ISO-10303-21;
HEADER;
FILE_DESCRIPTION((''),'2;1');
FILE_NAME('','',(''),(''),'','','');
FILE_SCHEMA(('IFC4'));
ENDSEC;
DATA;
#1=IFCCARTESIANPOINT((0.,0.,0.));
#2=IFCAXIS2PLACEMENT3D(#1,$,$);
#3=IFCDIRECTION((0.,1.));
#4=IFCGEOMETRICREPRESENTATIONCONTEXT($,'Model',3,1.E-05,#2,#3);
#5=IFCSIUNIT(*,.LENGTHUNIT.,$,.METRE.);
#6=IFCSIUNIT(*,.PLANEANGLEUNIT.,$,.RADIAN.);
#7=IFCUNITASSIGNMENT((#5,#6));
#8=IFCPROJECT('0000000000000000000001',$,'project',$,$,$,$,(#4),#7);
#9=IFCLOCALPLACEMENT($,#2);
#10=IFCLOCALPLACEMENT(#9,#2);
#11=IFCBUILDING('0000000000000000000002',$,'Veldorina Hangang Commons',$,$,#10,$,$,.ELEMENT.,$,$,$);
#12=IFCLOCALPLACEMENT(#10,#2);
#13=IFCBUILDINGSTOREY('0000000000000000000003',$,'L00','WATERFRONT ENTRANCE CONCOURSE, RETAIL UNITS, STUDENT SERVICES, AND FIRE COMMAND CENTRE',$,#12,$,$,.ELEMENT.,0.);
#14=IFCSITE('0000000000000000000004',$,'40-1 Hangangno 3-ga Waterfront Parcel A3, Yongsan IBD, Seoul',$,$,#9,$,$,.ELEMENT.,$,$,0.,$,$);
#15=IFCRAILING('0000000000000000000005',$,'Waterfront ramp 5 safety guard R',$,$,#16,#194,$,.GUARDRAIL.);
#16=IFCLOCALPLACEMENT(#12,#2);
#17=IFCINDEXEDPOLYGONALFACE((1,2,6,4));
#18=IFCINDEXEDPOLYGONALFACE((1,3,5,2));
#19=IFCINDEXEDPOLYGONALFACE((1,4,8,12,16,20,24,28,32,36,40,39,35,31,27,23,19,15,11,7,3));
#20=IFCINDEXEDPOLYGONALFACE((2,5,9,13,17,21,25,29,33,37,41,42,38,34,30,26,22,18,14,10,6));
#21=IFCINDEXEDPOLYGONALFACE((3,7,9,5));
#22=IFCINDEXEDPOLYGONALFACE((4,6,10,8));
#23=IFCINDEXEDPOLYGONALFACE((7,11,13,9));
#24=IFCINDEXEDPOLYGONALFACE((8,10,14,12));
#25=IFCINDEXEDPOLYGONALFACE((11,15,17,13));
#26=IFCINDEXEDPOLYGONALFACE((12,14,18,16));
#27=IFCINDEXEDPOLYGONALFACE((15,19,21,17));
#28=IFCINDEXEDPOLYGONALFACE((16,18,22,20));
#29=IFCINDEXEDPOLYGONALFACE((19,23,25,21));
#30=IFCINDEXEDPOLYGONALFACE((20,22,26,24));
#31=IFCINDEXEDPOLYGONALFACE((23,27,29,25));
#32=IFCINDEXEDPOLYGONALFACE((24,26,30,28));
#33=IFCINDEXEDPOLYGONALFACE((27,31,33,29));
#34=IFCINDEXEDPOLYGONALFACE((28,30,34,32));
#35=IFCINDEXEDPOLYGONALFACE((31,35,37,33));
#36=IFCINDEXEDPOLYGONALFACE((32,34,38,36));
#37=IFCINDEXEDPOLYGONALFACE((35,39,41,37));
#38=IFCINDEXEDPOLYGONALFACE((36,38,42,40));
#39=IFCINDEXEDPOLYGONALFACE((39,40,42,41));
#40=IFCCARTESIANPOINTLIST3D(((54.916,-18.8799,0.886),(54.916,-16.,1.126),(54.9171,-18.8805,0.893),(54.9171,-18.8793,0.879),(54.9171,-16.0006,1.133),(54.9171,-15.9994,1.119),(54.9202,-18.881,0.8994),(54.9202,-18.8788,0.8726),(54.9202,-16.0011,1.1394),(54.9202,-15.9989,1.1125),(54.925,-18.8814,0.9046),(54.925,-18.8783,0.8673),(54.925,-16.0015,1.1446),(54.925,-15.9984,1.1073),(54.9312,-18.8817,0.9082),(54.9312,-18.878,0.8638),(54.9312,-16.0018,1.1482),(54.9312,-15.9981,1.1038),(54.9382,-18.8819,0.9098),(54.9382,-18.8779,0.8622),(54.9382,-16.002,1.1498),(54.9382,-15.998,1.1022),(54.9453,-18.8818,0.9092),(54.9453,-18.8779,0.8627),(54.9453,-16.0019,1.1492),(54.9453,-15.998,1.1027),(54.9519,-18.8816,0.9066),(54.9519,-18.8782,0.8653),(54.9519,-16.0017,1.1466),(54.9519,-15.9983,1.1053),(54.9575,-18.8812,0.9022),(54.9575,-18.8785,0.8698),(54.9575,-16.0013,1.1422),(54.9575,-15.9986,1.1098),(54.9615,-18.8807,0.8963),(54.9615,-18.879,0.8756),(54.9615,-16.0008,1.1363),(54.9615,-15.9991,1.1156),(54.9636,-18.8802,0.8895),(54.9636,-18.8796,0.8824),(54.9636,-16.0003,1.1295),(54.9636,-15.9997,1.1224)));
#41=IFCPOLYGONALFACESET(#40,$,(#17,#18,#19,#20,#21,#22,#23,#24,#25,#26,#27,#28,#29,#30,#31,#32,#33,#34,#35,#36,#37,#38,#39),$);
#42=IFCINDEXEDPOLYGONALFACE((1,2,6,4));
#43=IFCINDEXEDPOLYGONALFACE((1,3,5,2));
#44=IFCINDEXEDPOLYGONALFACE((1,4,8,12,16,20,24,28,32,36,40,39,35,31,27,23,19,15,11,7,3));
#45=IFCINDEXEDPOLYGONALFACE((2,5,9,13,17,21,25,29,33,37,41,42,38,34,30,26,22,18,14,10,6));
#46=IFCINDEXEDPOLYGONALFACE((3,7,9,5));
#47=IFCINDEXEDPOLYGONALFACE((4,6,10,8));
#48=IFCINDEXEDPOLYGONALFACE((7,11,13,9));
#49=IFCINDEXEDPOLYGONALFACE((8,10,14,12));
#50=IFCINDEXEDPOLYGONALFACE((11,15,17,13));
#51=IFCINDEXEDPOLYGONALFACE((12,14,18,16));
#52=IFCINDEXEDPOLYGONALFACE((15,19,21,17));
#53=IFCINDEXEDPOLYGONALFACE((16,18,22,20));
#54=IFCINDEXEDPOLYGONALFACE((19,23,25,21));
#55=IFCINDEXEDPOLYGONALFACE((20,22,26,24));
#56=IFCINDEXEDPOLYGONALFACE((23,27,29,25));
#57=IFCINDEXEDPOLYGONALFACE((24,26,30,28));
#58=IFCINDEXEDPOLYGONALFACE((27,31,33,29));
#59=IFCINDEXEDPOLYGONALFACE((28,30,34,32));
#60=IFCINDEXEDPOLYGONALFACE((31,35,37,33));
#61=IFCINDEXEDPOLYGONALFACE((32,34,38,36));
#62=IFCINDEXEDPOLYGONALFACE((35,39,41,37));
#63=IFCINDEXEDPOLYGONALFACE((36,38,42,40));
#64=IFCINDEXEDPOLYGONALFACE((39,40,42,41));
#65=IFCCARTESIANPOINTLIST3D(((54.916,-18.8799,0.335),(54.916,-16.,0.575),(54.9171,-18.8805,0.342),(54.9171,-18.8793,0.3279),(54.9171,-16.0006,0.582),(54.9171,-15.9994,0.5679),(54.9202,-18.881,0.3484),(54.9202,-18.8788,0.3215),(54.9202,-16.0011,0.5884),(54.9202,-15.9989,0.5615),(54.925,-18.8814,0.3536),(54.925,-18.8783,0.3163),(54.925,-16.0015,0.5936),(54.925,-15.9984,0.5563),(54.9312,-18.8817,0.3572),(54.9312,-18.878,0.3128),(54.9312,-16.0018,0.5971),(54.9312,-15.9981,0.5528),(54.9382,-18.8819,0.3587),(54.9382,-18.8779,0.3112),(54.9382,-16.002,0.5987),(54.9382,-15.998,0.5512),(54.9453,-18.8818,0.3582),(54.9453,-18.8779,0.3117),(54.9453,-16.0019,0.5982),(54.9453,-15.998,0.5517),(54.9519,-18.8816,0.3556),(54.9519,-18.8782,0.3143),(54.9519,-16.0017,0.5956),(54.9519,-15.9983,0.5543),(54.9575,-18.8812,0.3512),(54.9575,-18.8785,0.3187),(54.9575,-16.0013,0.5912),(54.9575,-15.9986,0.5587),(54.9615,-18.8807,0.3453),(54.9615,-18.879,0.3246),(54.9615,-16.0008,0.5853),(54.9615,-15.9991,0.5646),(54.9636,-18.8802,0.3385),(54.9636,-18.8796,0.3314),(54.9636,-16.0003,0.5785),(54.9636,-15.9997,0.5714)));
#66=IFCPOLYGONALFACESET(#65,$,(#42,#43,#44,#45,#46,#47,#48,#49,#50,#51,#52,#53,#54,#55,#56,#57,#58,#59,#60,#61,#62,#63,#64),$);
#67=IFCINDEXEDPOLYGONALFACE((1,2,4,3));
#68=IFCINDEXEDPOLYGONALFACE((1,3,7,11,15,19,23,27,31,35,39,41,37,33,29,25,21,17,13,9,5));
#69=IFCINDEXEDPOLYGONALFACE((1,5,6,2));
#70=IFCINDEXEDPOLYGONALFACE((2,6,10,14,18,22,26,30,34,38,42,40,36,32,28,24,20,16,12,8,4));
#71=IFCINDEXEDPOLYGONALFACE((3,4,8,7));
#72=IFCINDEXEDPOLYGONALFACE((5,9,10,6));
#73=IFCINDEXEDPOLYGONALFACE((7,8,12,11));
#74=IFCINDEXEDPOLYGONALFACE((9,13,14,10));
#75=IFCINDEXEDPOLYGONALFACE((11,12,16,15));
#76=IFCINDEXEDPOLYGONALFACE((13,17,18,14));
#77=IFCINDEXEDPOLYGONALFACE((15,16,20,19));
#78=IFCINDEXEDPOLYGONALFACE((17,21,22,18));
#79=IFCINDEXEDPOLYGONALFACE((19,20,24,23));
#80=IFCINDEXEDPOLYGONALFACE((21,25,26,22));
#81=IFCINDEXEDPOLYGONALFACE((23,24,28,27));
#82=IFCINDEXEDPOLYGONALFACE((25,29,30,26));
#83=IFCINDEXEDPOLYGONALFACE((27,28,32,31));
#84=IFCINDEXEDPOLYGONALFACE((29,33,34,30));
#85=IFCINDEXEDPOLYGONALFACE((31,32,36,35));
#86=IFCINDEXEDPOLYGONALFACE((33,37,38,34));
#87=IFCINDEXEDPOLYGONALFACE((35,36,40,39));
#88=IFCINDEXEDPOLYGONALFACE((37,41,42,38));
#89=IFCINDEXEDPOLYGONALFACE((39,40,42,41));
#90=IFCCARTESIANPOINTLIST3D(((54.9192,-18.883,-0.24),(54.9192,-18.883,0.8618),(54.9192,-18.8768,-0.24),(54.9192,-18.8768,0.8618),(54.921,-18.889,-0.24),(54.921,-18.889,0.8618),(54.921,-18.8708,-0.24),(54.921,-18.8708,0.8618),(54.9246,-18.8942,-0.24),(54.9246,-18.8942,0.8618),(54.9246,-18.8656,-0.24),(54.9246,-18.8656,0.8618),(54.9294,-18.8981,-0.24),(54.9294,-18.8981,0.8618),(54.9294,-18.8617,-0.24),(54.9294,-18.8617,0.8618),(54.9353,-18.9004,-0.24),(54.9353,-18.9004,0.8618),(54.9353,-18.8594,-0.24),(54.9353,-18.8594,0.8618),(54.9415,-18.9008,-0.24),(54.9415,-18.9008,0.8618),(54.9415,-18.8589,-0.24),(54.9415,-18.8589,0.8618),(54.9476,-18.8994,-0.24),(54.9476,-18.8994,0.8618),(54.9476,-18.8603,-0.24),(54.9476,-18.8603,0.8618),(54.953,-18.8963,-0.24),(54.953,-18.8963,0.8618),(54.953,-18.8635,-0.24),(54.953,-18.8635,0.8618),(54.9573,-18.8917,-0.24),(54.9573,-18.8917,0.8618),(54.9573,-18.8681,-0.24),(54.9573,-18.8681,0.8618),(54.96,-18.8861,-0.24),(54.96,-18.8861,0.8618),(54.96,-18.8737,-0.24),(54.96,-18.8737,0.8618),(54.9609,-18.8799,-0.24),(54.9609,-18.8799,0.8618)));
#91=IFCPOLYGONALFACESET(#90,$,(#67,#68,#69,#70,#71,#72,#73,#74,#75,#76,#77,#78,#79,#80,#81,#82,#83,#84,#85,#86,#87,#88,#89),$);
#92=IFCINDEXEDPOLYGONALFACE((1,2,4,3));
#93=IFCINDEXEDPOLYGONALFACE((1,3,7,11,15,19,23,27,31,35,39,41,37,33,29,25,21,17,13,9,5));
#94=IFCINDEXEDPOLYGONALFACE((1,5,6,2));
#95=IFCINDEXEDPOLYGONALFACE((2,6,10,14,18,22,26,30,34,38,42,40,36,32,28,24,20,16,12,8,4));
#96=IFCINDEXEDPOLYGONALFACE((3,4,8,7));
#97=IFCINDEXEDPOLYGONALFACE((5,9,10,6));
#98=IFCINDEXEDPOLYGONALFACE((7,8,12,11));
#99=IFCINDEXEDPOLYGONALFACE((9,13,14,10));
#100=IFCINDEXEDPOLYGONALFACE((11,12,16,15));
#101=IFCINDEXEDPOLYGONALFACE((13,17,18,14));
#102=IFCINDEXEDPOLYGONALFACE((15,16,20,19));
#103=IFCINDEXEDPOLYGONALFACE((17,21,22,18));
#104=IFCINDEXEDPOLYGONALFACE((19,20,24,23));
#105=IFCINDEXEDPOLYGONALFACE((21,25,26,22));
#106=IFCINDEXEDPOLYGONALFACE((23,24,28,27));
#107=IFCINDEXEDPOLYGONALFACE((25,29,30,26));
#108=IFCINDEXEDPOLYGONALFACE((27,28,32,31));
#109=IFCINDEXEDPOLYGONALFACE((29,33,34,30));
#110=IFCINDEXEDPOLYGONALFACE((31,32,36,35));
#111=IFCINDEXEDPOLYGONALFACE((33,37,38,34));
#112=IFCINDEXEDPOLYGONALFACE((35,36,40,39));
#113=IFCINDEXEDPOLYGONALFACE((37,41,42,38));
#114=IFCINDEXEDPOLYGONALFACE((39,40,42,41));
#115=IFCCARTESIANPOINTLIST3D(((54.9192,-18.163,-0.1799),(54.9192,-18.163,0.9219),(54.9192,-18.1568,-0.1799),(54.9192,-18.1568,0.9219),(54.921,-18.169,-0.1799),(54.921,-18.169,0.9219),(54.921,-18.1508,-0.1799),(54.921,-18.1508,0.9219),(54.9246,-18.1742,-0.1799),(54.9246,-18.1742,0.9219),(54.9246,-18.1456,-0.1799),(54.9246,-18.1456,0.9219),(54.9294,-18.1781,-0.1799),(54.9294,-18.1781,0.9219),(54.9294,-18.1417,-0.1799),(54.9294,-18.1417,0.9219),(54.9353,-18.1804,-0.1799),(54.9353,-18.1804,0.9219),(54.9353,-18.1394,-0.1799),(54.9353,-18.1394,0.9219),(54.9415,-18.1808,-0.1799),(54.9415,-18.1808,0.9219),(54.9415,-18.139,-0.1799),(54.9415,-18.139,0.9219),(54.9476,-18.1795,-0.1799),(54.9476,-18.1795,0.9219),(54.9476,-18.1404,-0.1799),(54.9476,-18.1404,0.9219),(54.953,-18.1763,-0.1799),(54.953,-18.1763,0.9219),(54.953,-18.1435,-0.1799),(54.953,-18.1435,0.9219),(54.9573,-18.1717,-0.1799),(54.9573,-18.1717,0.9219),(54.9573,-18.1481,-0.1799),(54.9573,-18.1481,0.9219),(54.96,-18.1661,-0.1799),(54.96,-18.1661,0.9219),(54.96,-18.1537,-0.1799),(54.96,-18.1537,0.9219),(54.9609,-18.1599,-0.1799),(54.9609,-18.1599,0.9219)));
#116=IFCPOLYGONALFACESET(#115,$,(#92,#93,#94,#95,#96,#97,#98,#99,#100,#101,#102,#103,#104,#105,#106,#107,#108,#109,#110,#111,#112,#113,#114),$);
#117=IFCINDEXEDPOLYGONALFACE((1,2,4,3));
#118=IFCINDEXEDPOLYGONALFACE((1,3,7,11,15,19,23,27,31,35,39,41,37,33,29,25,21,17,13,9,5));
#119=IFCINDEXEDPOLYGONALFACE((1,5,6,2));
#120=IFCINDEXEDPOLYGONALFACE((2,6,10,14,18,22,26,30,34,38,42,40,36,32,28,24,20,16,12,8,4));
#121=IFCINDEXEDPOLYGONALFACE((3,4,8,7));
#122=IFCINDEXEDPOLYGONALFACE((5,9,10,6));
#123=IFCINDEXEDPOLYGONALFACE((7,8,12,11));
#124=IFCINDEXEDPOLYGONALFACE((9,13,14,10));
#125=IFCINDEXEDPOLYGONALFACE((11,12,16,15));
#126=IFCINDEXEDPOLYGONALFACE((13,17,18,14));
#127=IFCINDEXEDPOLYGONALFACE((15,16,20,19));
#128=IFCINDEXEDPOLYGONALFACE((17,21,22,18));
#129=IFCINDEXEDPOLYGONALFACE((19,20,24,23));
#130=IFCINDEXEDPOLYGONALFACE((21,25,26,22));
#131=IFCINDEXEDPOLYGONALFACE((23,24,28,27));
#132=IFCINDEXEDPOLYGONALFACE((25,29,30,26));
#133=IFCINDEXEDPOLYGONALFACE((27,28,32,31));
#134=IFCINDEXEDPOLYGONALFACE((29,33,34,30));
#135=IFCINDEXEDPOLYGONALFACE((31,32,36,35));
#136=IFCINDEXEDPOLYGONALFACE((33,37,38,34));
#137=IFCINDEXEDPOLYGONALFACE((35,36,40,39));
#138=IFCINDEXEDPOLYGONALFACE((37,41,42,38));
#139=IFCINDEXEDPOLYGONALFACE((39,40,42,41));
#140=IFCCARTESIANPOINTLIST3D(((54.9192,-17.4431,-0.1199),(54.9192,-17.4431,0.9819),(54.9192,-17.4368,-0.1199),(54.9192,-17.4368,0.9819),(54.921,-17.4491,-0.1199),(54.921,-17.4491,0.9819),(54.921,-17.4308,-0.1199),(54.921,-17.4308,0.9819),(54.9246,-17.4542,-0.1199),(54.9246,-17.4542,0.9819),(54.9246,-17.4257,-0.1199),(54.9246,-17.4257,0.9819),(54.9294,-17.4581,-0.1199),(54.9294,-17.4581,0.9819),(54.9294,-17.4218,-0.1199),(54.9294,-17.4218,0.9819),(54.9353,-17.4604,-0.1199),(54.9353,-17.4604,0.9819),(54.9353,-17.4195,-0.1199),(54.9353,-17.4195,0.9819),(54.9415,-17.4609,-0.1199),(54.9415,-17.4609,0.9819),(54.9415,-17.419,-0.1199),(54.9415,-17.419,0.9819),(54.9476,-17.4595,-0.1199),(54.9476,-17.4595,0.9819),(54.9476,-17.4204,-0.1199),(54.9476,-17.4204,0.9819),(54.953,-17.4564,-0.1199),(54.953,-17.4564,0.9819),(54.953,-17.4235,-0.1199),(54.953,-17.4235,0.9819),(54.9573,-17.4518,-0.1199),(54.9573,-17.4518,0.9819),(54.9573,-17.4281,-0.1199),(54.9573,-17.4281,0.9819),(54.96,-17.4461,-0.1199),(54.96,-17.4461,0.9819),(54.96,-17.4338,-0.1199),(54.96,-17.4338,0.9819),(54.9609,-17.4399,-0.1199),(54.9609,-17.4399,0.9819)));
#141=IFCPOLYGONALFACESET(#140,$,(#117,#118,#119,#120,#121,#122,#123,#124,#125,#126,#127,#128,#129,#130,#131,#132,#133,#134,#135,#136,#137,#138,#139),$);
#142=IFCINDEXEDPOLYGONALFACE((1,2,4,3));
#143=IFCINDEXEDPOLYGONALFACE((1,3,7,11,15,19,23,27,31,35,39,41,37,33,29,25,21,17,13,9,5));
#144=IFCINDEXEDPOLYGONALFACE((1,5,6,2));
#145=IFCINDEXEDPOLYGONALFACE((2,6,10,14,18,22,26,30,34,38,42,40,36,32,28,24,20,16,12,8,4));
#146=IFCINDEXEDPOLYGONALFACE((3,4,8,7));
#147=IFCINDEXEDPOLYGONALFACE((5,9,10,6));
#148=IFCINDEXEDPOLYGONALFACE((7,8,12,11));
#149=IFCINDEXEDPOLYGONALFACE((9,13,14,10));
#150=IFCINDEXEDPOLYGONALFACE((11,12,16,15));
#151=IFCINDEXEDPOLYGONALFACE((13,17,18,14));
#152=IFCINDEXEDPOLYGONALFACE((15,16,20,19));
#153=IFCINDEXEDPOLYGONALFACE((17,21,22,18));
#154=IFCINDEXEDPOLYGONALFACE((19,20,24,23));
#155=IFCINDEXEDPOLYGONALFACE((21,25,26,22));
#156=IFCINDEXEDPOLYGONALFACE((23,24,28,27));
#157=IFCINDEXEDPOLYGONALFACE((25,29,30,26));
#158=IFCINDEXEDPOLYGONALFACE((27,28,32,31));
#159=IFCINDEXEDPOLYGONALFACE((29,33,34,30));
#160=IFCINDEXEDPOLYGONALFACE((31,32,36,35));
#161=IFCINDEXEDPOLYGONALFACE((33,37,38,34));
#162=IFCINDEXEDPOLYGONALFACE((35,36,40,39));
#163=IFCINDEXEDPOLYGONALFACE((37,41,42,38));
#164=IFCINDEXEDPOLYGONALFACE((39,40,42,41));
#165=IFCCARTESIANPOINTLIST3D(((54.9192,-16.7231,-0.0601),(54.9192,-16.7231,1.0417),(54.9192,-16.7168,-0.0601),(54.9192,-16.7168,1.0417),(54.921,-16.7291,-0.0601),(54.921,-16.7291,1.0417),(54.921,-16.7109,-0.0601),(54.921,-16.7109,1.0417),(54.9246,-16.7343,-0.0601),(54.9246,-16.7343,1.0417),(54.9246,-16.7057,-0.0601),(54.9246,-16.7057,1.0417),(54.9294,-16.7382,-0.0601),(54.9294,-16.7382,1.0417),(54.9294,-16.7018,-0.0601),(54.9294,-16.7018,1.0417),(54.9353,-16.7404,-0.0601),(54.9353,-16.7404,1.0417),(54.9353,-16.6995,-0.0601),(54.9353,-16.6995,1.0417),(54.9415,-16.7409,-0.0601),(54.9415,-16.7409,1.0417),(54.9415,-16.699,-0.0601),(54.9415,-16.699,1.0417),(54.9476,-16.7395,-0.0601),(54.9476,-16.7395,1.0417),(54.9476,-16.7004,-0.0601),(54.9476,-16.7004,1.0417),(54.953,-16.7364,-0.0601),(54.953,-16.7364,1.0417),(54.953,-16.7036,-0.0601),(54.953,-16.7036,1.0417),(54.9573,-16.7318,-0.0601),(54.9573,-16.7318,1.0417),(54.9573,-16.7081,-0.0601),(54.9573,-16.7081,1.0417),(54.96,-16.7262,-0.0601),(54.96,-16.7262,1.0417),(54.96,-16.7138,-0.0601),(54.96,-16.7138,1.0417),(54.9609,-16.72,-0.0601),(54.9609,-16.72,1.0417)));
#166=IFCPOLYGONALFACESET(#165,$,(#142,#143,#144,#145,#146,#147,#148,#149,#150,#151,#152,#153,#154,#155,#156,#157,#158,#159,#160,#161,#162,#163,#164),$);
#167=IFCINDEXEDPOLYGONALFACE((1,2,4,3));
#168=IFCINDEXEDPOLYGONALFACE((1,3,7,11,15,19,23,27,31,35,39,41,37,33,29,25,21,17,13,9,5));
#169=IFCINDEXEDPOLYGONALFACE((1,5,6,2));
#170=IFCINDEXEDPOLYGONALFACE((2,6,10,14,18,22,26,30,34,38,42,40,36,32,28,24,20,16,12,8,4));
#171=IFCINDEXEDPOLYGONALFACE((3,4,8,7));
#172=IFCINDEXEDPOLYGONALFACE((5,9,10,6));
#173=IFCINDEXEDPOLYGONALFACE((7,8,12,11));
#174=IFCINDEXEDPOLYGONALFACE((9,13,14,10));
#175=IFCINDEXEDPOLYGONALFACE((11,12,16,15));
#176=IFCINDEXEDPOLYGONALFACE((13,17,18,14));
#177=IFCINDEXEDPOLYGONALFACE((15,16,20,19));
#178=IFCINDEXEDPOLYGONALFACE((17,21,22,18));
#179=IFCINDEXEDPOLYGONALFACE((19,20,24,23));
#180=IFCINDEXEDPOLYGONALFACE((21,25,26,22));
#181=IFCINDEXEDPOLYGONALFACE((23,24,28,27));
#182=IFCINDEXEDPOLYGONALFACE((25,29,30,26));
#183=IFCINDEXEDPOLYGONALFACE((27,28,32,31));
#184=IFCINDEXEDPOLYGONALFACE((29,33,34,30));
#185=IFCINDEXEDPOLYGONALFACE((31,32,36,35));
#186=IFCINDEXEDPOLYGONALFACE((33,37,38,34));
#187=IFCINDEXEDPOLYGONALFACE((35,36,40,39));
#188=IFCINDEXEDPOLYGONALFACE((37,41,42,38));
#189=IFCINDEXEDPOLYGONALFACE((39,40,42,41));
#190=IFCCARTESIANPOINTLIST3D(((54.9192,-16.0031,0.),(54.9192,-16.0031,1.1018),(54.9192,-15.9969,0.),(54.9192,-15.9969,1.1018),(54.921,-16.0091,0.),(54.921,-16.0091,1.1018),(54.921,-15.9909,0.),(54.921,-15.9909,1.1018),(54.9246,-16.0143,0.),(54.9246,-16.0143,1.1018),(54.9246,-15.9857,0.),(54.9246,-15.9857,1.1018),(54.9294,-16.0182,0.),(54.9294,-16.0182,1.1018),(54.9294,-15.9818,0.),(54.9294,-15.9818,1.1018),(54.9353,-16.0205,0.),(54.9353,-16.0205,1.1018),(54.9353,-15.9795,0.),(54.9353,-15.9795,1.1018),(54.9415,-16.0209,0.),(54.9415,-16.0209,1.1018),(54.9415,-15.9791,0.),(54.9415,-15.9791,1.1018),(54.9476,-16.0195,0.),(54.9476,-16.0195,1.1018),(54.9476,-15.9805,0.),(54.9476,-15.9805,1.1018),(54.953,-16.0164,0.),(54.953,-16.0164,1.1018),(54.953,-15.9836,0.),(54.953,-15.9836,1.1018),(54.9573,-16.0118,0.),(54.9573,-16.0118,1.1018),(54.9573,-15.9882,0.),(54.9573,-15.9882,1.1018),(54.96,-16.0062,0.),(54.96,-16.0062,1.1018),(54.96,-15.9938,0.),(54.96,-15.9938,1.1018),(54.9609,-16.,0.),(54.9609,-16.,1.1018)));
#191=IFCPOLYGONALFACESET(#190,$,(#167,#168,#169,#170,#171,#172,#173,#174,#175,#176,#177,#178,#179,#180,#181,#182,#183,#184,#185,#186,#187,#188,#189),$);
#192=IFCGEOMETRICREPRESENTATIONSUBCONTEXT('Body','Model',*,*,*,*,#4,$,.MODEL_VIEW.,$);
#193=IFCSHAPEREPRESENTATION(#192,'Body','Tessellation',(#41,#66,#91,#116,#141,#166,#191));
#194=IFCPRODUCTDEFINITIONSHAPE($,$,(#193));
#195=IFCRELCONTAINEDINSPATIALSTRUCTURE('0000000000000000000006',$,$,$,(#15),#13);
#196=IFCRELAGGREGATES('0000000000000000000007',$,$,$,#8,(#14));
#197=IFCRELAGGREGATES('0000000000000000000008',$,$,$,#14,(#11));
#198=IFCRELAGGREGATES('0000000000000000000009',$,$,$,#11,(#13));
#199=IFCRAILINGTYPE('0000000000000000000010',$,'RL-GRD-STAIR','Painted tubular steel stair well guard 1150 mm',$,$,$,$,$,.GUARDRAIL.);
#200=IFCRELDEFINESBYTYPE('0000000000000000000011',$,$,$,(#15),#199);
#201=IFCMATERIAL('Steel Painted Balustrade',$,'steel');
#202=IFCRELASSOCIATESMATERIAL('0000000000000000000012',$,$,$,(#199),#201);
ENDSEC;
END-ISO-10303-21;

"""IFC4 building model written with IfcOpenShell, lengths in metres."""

from ifc_helpers import new_model, si_unit, direction, frame, origin, origin_2d, place, context, subcontext, project, spatial, circle, extrude, material, type_object, element, save


model = new_model("IFC4")

# Units and contexts
model_context = context("Model", 3, precision=1e-05, world=origin(), true_north=direction((0.0, 1.0)))
body_context = subcontext(model_context, "Body", "Model", "MODEL_VIEW")
ifc_project = project(units=[si_unit("LENGTHUNIT", "METRE"), si_unit("PLANEANGLEUNIT", "RADIAN")], contexts=[model_context])

# Site, building, storey
site_placement = place(None, origin())
site = spatial("IfcSite", under=ifc_project, at=site_placement, Name="40-1 Hangangno 3-ga Waterfront Parcel A3, Yongsan IBD, Seoul", CompositionType="ELEMENT", RefElevation=0.0)
building_placement = place(site_placement, origin())
building = spatial("IfcBuilding", under=site, at=building_placement, Name="Veldorina Hangang Commons", CompositionType="ELEMENT")
storey_placement = place(building_placement, origin())
storey = spatial("IfcBuildingStorey", under=building, at=storey_placement, Name="L00", Description="WATERFRONT ENTRANCE CONCOURSE, RETAIL UNITS, STUDENT SERVICES, AND FIRE COMMAND CENTRE", CompositionType="ELEMENT", Elevation=0.0)

# Railing
ifc_material_1 = material(Name="Steel Painted Balustrade", Category="steel")
railing_type_1 = type_object("IfcRailingType", Name="RL-GRD-STAIR", Description="Painted tubular steel stair well guard 1150 mm", PredefinedType="GUARDRAIL", material=ifc_material_1)
for number, where, name in (
    (1, (54.9399, -18.8799, -0.24), "Waterfront ramp 5 safety guard R"),
):
    element("IfcRailing", number, at=place(storey_placement, frame(where)), inside=storey, type_object=railing_type_1, Name=name, PredefinedType="GUARDRAIL", context=body_context, shape_type="SweptSolid", body=[
        extrude(circle(Radius=0.0239, at=origin_2d()), frame((0.0, 0.0, 1.126), z_axis=(0.0, 0.996546, 0.083045), x_axis=(-1.0, 0.0, 0.0)), (0.0, 0.0, 1.0), 2.8899),
        extrude(circle(Radius=0.0239, at=origin_2d()), frame((0.0, 0.0, 0.575), z_axis=(0.0, 0.996546, 0.083045), x_axis=(-1.0, 0.0, 0.0)), (0.0, 0.0, 1.0), 2.8899),
        extrude(circle(Radius=0.021, at=origin_2d()), origin(), (0.0, 0.0, 1.0), 1.1018),
        extrude(circle(Radius=0.021, at=origin_2d()), frame((0.0, 0.72, 0.0601)), (0.0, 0.0, 1.0), 1.1018),
        extrude(circle(Radius=0.021, at=origin_2d()), frame((0.0, 1.4399, 0.1201)), (0.0, 0.0, 1.0), 1.1018),
        extrude(circle(Radius=0.021, at=origin_2d()), frame((0.0, 2.1599, 0.1799)), (0.0, 0.0, 1.0), 1.1018),
        extrude(circle(Radius=0.021, at=origin_2d()), frame((0.0, 2.8799, 0.24)), (0.0, 0.0, 1.0), 1.1018),
    ])

save(model, "model.ifc")
